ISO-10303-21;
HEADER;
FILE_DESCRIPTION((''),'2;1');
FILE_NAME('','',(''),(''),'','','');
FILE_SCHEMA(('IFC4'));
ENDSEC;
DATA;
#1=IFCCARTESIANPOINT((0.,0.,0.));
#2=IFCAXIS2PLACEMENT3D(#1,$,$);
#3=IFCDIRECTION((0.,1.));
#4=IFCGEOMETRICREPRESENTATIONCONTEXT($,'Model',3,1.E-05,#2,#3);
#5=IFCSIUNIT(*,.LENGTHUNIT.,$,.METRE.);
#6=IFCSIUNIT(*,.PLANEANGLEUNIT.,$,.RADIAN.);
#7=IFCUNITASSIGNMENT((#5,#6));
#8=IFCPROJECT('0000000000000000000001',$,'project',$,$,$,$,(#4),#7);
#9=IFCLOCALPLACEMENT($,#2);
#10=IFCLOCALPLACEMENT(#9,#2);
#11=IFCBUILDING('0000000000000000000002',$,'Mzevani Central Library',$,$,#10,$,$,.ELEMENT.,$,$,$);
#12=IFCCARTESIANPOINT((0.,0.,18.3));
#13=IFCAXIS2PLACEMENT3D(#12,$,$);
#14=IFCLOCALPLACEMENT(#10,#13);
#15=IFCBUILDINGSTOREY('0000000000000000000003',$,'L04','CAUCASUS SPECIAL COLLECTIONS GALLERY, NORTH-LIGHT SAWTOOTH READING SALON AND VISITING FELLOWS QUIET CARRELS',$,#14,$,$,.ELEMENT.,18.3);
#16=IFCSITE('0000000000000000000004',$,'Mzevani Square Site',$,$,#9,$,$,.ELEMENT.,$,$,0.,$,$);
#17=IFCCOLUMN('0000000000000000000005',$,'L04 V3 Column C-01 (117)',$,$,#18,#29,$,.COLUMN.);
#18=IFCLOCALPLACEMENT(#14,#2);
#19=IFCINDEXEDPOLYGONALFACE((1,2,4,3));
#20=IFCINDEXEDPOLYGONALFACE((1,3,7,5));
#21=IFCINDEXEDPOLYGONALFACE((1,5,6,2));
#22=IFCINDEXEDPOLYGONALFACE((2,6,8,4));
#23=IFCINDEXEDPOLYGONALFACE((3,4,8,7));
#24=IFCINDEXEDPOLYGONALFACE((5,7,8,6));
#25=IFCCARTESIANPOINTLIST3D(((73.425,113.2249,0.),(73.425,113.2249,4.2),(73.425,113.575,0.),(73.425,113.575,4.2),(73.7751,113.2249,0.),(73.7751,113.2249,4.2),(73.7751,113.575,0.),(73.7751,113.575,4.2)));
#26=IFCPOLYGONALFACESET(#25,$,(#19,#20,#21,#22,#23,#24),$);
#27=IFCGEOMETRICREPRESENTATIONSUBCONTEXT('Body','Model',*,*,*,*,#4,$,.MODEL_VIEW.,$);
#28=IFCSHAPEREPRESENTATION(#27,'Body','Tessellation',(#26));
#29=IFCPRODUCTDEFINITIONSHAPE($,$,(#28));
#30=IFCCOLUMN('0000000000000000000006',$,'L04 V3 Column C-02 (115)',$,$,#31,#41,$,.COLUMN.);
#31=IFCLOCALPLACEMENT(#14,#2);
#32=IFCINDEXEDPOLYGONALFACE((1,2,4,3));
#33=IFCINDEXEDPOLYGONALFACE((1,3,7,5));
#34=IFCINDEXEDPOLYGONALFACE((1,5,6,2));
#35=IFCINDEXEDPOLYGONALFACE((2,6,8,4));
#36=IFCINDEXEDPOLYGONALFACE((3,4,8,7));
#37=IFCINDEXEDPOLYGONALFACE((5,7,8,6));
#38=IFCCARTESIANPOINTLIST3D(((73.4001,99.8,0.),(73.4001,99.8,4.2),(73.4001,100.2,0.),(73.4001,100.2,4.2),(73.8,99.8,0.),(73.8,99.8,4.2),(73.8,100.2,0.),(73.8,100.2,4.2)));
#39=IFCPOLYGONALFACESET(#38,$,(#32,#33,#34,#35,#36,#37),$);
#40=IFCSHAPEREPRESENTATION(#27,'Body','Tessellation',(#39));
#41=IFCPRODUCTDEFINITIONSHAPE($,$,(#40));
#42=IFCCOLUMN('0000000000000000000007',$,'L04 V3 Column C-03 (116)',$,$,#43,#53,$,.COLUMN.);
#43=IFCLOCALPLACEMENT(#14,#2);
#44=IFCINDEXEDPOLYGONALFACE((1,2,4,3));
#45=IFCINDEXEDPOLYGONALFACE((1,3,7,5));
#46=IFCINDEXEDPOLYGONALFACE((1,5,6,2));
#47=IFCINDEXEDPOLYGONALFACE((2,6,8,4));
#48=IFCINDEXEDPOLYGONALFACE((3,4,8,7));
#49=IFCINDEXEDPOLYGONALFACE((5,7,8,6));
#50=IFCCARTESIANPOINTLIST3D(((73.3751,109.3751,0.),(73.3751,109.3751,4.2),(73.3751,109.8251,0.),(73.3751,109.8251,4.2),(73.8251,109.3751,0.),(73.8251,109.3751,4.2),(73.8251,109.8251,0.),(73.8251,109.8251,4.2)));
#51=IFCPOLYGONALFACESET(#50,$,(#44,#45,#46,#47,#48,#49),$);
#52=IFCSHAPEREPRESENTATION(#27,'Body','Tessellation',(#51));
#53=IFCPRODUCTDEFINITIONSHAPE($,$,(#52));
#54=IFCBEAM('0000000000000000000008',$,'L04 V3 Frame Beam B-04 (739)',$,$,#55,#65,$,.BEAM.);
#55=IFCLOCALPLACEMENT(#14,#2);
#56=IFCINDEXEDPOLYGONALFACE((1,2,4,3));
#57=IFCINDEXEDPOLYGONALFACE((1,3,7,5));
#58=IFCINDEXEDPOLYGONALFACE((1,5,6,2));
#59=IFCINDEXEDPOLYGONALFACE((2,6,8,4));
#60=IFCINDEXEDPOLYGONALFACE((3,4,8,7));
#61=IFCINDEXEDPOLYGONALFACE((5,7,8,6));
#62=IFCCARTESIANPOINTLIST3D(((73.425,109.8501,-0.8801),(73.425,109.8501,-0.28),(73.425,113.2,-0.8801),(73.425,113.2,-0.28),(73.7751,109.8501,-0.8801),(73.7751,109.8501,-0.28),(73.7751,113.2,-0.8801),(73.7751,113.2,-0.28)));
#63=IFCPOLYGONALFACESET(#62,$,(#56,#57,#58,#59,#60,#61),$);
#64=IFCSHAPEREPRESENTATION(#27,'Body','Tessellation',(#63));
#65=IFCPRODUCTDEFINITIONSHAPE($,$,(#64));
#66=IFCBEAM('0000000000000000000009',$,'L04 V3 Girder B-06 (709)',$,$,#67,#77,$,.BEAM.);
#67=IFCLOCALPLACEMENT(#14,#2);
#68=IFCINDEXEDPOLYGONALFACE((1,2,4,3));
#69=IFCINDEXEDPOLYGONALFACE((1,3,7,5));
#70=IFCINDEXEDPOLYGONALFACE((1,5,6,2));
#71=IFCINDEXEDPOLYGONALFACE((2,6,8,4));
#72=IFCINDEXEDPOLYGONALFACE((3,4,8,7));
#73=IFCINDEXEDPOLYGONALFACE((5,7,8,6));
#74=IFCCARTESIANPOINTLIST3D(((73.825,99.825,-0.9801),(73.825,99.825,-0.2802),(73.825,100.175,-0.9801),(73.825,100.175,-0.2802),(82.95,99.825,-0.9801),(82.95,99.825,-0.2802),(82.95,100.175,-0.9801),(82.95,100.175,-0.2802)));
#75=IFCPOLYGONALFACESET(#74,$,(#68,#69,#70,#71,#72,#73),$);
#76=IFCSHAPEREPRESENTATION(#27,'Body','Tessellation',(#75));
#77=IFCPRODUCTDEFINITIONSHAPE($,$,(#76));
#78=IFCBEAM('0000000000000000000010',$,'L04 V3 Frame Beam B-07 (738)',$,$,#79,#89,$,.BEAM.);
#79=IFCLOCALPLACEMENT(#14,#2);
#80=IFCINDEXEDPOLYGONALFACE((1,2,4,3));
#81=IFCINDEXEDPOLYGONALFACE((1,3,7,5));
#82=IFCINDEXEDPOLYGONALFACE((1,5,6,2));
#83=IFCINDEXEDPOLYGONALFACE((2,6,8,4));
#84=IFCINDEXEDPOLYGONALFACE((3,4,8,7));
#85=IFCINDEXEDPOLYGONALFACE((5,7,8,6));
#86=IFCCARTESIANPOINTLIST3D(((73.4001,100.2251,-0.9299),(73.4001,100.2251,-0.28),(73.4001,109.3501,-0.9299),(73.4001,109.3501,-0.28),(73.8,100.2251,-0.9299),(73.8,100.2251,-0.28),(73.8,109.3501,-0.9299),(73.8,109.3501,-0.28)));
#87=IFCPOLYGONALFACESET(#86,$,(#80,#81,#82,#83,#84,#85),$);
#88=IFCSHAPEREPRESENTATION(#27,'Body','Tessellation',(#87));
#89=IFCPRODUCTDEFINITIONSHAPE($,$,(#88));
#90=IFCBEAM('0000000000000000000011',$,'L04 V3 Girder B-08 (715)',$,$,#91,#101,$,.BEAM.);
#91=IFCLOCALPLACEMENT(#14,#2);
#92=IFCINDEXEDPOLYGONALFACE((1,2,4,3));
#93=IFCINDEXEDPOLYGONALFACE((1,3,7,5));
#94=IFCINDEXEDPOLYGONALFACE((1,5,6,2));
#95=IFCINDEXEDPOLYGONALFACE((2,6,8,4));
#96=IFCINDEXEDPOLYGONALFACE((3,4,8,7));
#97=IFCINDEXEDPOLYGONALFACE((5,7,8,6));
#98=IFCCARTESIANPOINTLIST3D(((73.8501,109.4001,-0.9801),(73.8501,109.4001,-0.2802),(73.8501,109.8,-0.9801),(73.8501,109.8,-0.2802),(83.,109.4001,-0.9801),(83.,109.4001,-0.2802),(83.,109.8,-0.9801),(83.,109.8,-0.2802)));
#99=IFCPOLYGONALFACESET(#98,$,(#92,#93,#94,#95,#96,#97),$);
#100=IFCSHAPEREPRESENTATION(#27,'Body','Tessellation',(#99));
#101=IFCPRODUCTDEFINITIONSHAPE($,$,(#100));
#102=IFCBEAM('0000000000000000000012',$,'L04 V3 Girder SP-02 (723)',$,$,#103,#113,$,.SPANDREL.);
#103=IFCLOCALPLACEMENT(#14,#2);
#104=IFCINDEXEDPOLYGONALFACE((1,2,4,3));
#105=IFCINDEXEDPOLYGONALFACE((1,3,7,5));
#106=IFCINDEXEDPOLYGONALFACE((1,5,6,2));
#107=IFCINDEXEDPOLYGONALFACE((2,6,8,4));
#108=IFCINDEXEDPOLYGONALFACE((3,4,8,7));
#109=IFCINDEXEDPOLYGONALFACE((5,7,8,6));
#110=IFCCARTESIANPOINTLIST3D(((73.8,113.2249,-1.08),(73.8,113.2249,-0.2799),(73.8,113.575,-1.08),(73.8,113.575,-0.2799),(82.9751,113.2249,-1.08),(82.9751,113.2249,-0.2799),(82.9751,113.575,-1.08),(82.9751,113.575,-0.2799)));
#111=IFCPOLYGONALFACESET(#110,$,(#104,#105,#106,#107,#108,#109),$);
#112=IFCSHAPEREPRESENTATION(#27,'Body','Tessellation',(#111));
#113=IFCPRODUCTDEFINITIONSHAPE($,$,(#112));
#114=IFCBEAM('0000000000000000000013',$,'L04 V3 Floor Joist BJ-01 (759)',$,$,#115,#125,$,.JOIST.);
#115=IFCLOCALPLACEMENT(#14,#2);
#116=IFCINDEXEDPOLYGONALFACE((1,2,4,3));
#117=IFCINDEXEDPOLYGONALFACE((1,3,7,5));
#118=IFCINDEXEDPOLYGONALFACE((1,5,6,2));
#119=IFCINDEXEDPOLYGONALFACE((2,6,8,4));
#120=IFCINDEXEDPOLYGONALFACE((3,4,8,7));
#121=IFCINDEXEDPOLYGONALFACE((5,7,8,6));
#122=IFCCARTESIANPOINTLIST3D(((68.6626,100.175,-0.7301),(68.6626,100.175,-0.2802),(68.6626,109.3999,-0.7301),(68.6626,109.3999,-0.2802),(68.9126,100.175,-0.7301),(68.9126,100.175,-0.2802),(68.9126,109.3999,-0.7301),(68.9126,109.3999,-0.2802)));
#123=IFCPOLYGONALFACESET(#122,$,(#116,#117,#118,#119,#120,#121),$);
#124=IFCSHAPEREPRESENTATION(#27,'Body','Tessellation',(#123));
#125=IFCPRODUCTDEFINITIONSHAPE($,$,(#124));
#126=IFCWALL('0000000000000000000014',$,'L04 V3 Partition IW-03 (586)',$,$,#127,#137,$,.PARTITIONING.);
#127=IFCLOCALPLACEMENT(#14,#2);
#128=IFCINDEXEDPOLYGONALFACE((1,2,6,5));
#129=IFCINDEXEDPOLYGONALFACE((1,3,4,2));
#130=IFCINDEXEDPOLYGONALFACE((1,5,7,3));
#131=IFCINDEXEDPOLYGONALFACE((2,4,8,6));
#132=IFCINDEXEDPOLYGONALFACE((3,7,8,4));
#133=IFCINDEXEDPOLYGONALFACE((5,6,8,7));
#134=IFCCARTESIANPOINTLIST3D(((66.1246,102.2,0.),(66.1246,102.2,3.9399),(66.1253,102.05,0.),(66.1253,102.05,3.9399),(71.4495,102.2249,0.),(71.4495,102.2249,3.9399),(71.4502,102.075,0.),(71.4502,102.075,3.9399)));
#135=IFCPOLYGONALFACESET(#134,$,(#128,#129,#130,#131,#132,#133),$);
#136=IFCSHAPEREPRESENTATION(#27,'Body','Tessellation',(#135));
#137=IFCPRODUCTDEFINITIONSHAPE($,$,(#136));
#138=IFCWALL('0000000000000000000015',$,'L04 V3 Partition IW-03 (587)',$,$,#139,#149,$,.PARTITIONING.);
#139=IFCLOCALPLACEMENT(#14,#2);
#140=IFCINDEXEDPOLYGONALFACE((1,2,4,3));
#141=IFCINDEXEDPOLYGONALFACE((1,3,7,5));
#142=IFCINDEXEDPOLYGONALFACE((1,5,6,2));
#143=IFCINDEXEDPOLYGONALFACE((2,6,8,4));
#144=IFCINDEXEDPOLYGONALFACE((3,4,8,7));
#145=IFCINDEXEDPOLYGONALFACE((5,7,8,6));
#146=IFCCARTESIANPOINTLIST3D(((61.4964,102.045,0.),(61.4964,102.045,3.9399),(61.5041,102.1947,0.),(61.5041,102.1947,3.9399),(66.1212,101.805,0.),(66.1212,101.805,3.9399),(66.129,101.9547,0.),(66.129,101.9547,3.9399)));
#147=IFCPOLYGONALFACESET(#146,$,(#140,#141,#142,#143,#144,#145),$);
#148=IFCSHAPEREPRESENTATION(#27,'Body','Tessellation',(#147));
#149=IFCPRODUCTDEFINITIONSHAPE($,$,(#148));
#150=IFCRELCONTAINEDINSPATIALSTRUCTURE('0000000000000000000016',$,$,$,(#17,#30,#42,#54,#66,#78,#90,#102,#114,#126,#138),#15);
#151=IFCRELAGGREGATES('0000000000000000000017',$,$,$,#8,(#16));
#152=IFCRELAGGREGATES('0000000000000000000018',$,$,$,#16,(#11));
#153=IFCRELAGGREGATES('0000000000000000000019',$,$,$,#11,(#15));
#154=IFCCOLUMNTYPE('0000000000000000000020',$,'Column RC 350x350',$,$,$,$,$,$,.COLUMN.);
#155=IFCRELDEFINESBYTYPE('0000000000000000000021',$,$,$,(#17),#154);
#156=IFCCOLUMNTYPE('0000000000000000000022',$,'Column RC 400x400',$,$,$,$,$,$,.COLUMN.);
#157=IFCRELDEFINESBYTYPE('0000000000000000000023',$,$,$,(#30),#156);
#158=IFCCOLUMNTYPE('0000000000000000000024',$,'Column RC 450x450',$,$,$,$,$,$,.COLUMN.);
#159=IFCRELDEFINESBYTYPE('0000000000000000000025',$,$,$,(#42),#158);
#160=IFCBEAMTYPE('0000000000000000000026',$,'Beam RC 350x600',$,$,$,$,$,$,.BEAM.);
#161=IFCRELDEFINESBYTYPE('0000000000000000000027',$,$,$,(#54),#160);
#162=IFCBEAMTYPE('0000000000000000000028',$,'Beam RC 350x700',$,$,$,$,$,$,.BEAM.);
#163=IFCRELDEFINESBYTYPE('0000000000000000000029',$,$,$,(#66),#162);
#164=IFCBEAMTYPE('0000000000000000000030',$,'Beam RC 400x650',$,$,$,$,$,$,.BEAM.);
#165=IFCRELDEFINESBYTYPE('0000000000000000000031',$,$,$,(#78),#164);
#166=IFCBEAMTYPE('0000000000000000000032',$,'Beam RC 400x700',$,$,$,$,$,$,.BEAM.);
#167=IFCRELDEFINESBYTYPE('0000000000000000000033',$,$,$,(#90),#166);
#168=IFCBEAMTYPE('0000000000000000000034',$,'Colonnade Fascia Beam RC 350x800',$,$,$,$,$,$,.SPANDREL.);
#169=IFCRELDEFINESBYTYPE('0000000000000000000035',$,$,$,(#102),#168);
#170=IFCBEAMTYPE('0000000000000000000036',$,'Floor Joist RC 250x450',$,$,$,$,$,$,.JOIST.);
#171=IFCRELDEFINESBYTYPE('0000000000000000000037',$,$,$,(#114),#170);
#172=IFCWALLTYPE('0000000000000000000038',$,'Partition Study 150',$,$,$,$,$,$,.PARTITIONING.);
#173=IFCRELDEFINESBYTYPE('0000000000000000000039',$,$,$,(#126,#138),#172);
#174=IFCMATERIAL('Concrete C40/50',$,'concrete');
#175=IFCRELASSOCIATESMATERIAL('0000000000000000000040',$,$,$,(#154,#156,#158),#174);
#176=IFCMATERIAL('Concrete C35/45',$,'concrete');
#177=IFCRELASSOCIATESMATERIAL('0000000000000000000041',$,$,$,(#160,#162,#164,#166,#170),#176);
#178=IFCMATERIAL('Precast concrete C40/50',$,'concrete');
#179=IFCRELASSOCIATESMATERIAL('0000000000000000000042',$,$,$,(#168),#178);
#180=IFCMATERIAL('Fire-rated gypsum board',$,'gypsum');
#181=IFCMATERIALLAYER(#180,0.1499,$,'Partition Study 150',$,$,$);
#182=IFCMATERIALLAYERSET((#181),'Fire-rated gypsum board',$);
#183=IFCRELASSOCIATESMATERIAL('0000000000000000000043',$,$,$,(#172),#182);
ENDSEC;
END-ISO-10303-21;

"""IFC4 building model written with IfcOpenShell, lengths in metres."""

from ifc_helpers import new_model, si_unit, direction, frame, frame_2d, origin, origin_2d, place, context, subcontext, project, spatial, rectangle, extrude, material, layer, layer_set, material_profile, profile_set, type_object, element, save


model = new_model("IFC4")

# Units and contexts
model_context = context("Model", 3, precision=1e-05, world=origin(), true_north=direction((0.0, 1.0)))
body_context = subcontext(model_context, "Body", "Model", "MODEL_VIEW")
ifc_project = project(units=[si_unit("LENGTHUNIT", "METRE"), si_unit("PLANEANGLEUNIT", "RADIAN")], contexts=[model_context])

# Site, building, storey
site_placement = place(None, origin())
site = spatial("IfcSite", under=ifc_project, at=site_placement, Name="Mzevani Square Site", CompositionType="ELEMENT", RefElevation=0.0)
building_placement = place(site_placement, origin())
building = spatial("IfcBuilding", under=site, at=building_placement, Name="Mzevani Central Library", CompositionType="ELEMENT")
storey_placement = place(building_placement, frame((0.0, 0.0, 18.3)))
storey = spatial("IfcBuildingStorey", under=building, at=storey_placement, Name="L04", Description="CAUCASUS SPECIAL COLLECTIONS GALLERY, NORTH-LIGHT SAWTOOTH READING SALON AND VISITING FELLOWS QUIET CARRELS", CompositionType="ELEMENT", Elevation=18.3)

# Columns
ifc_material_1 = material(Name="Concrete C40/50", Category="concrete")
ifc_material_profile_1 = material_profile(ifc_material_1, rectangle(XDim=0.3501, YDim=0.3501, at=origin_2d()), Name="RC 350x350")
ifc_profile_set_1 = profile_set([ifc_material_profile_1], Name="Concrete C40/50")
column_type_1 = type_object("IfcColumnType", Name="Column RC 350x350", PredefinedType="COLUMN", material=ifc_profile_set_1)
column_1_placement = place(storey_placement, frame((73.6001, 113.3999, 0.0), z_axis=(0.0, 0.0, 1.0), x_axis=(1.0, 0.0, 0.0)))
element("IfcColumn", 1, at=column_1_placement, inside=storey, type_object=column_type_1, Name="L04 V3 Column C-01 (117)", PredefinedType="COLUMN", context=body_context, shape_type="SweptSolid", body=[
    extrude(rectangle(XDim=0.3501, YDim=0.3501, at=origin_2d()), origin(), (0.0, 0.0, 1.0), 4.2),
])
ifc_material_profile_2 = material_profile(ifc_material_1, rectangle(XDim=0.3999, YDim=0.3999, at=origin_2d()), Name="RC 400x400")
ifc_profile_set_2 = profile_set([ifc_material_profile_2], Name="Concrete C40/50")
column_type_2 = type_object("IfcColumnType", Name="Column RC 400x400", PredefinedType="COLUMN", material=ifc_profile_set_2)
column_2_placement = place(storey_placement, frame((73.6001, 100.0, 0.0), z_axis=(0.0, 0.0, 1.0), x_axis=(1.0, 0.0, 0.0)))
element("IfcColumn", 2, at=column_2_placement, inside=storey, type_object=column_type_2, Name="L04 V3 Column C-02 (115)", PredefinedType="COLUMN", context=body_context, shape_type="SweptSolid", body=[
    extrude(rectangle(XDim=0.3999, YDim=0.3999, at=origin_2d()), origin(), (0.0, 0.0, 1.0), 4.2),
])
ifc_material_profile_3 = material_profile(ifc_material_1, rectangle(XDim=0.45, YDim=0.45, at=origin_2d()), Name="RC 450x450")
ifc_profile_set_3 = profile_set([ifc_material_profile_3], Name="Concrete C40/50")
column_type_3 = type_object("IfcColumnType", Name="Column RC 450x450", PredefinedType="COLUMN", material=ifc_profile_set_3)
column_3_placement = place(storey_placement, frame((73.6001, 109.6001, 0.0), z_axis=(0.0, 0.0, 1.0), x_axis=(1.0, 0.0, 0.0)))
element("IfcColumn", 3, at=column_3_placement, inside=storey, type_object=column_type_3, Name="L04 V3 Column C-03 (116)", PredefinedType="COLUMN", context=body_context, shape_type="SweptSolid", body=[
    extrude(rectangle(XDim=0.45, YDim=0.45, at=origin_2d()), origin(), (0.0, 0.0, 1.0), 4.2),
])

# Beams
ifc_material_2 = material(Name="Concrete C35/45", Category="concrete")
ifc_material_profile_4 = material_profile(ifc_material_2, rectangle(XDim=0.3501, YDim=0.6001, at=origin_2d()), Name="RC B350x600")
ifc_profile_set_4 = profile_set([ifc_material_profile_4], Name="Concrete C35/45")
beam_type_1 = type_object("IfcBeamType", Name="Beam RC 350x600", PredefinedType="BEAM", material=ifc_profile_set_4)
beam_1_placement = place(storey_placement, frame((73.6001, 109.8501, -0.5801), z_axis=(0.0, 1.0, 0.0), x_axis=(-1.0, 0.0, 0.0)))
element("IfcBeam", 4, at=beam_1_placement, inside=storey, type_object=beam_type_1, Name="L04 V3 Frame Beam B-04 (739)", PredefinedType="BEAM", context=body_context, shape_type="SweptSolid", body=[
    extrude(rectangle(XDim=0.3501, YDim=0.6001, at=origin_2d()), origin(), (0.0, 0.0, 1.0), 3.3499),
])
ifc_material_profile_5 = material_profile(ifc_material_2, rectangle(XDim=0.3501, YDim=0.7, at=origin_2d()), Name="RC B350x700")
ifc_profile_set_5 = profile_set([ifc_material_profile_5], Name="Concrete C35/45")
beam_type_2 = type_object("IfcBeamType", Name="Beam RC 350x700", PredefinedType="BEAM", material=ifc_profile_set_5)
beam_2_placement = place(storey_placement, frame((73.825, 100.0, -0.6301), z_axis=(1.0, 0.0, 0.0), x_axis=(0.0, 1.0, 0.0)))
element("IfcBeam", 5, at=beam_2_placement, inside=storey, type_object=beam_type_2, Name="L04 V3 Girder B-06 (709)", PredefinedType="BEAM", context=body_context, shape_type="SweptSolid", body=[
    extrude(rectangle(XDim=0.3501, YDim=0.7, at=origin_2d()), origin(), (0.0, 0.0, 1.0), 9.125),
])
ifc_material_profile_6 = material_profile(ifc_material_2, rectangle(XDim=0.3999, YDim=0.6499, at=origin_2d()), Name="RC B400x650")
ifc_profile_set_6 = profile_set([ifc_material_profile_6], Name="Concrete C35/45")
beam_type_3 = type_object("IfcBeamType", Name="Beam RC 400x650", PredefinedType="BEAM", material=ifc_profile_set_6)
beam_3_placement = place(storey_placement, frame((73.6001, 100.2251, -0.605), z_axis=(0.0, 1.0, 0.0), x_axis=(-1.0, 0.0, 0.0)))
element("IfcBeam", 6, at=beam_3_placement, inside=storey, type_object=beam_type_3, Name="L04 V3 Frame Beam B-07 (738)", PredefinedType="BEAM", context=body_context, shape_type="SweptSolid", body=[
    extrude(rectangle(XDim=0.3999, YDim=0.6499, at=origin_2d()), origin(), (0.0, 0.0, 1.0), 9.125),
])
ifc_material_profile_7 = material_profile(ifc_material_2, rectangle(XDim=0.3999, YDim=0.7, at=origin_2d()), Name="RC B400x700")
ifc_profile_set_7 = profile_set([ifc_material_profile_7], Name="Concrete C35/45")
beam_type_4 = type_object("IfcBeamType", Name="Beam RC 400x700", PredefinedType="BEAM", material=ifc_profile_set_7)
beam_4_placement = place(storey_placement, frame((73.8501, 109.6001, -0.6301), z_axis=(1.0, 0.0, 0.0), x_axis=(0.0, 1.0, 0.0)))
element("IfcBeam", 7, at=beam_4_placement, inside=storey, type_object=beam_type_4, Name="L04 V3 Girder B-08 (715)", PredefinedType="BEAM", context=body_context, shape_type="SweptSolid", body=[
    extrude(rectangle(XDim=0.3999, YDim=0.7, at=origin_2d()), origin(), (0.0, 0.0, 1.0), 9.1499),
])
ifc_material_3 = material(Name="Precast concrete C40/50", Category="concrete")
ifc_material_profile_8 = material_profile(ifc_material_3, rectangle(XDim=0.3501, YDim=0.8, at=origin_2d()), Name="RC SP350x800")
ifc_profile_set_8 = profile_set([ifc_material_profile_8], Name="Precast concrete C40/50")
beam_type_5 = type_object("IfcBeamType", Name="Colonnade Fascia Beam RC 350x800", PredefinedType="SPANDREL", material=ifc_profile_set_8)
beam_5_placement = place(storey_placement, frame((73.8, 113.3999, -0.6799), z_axis=(1.0, 0.0, 0.0), x_axis=(0.0, 1.0, 0.0)))
element("IfcBeam", 8, at=beam_5_placement, inside=storey, type_object=beam_type_5, Name="L04 V3 Girder SP-02 (723)", PredefinedType="SPANDREL", context=body_context, shape_type="SweptSolid", body=[
    extrude(rectangle(XDim=0.3501, YDim=0.8, at=origin_2d()), origin(), (0.0, 0.0, 1.0), 9.175),
])
ifc_material_profile_9 = material_profile(ifc_material_2, rectangle(XDim=0.25, YDim=0.45, at=origin_2d()), Name="RC J250x450")
ifc_profile_set_9 = profile_set([ifc_material_profile_9], Name="Concrete C35/45")
beam_type_6 = type_object("IfcBeamType", Name="Floor Joist RC 250x450", PredefinedType="JOIST", material=ifc_profile_set_9)
beam_6_placement = place(storey_placement, frame((68.7876, 100.175, -0.5051), z_axis=(0.0, 1.0, 0.0), x_axis=(-1.0, 0.0, 0.0)))
element("IfcBeam", 9, at=beam_6_placement, inside=storey, type_object=beam_type_6, Name="L04 V3 Floor Joist BJ-01 (759)", PredefinedType="JOIST", context=body_context, shape_type="SweptSolid", body=[
    extrude(rectangle(XDim=0.25, YDim=0.45, at=origin_2d()), origin(), (0.0, 0.0, 1.0), 9.2249),
])

# Walls
ifc_material_4 = material(Name="Fire-rated gypsum board", Category="gypsum")
ifc_layer_1 = layer(ifc_material_4, 0.1499, Name="Partition Study 150")
ifc_layer_set_1 = layer_set([ifc_layer_1], Name="Fire-rated gypsum board")
wall_type = type_object("IfcWallType", Name="Partition Study 150", PredefinedType="PARTITIONING", material=ifc_layer_set_1)
wall_1_placement = place(storey_placement, frame((71.45, 102.1499, 0.0), z_axis=(0.0, 0.0, 1.0), x_axis=(-0.999989, -0.004676, 0.0)))
element("IfcWall", 10, at=wall_1_placement, inside=storey, type_object=wall_type, Name="L04 V3 Partition IW-03 (586)", PredefinedType="PARTITIONING", context=body_context, shape_type="SweptSolid", body=[
    extrude(rectangle(XDim=5.325, YDim=0.1499, at=frame_2d((2.6626, 0.0))), origin(), (0.0, 0.0, 1.0), 3.9399),
])
wall_2_placement = place(storey_placement, frame((66.125, 101.8799, 0.0), z_axis=(0.0, 0.0, 1.0), x_axis=(-0.998656, 0.05182, 0.0)))
element("IfcWall", 11, at=wall_2_placement, inside=storey, type_object=wall_type, Name="L04 V3 Partition IW-03 (587)", PredefinedType="PARTITIONING", context=body_context, shape_type="SweptSolid", body=[
    extrude(rectangle(XDim=4.6311, YDim=0.1499, at=frame_2d((2.3154, 0.0))), origin(), (0.0, 0.0, 1.0), 3.9399),
])

save(model, "model.ifc")
